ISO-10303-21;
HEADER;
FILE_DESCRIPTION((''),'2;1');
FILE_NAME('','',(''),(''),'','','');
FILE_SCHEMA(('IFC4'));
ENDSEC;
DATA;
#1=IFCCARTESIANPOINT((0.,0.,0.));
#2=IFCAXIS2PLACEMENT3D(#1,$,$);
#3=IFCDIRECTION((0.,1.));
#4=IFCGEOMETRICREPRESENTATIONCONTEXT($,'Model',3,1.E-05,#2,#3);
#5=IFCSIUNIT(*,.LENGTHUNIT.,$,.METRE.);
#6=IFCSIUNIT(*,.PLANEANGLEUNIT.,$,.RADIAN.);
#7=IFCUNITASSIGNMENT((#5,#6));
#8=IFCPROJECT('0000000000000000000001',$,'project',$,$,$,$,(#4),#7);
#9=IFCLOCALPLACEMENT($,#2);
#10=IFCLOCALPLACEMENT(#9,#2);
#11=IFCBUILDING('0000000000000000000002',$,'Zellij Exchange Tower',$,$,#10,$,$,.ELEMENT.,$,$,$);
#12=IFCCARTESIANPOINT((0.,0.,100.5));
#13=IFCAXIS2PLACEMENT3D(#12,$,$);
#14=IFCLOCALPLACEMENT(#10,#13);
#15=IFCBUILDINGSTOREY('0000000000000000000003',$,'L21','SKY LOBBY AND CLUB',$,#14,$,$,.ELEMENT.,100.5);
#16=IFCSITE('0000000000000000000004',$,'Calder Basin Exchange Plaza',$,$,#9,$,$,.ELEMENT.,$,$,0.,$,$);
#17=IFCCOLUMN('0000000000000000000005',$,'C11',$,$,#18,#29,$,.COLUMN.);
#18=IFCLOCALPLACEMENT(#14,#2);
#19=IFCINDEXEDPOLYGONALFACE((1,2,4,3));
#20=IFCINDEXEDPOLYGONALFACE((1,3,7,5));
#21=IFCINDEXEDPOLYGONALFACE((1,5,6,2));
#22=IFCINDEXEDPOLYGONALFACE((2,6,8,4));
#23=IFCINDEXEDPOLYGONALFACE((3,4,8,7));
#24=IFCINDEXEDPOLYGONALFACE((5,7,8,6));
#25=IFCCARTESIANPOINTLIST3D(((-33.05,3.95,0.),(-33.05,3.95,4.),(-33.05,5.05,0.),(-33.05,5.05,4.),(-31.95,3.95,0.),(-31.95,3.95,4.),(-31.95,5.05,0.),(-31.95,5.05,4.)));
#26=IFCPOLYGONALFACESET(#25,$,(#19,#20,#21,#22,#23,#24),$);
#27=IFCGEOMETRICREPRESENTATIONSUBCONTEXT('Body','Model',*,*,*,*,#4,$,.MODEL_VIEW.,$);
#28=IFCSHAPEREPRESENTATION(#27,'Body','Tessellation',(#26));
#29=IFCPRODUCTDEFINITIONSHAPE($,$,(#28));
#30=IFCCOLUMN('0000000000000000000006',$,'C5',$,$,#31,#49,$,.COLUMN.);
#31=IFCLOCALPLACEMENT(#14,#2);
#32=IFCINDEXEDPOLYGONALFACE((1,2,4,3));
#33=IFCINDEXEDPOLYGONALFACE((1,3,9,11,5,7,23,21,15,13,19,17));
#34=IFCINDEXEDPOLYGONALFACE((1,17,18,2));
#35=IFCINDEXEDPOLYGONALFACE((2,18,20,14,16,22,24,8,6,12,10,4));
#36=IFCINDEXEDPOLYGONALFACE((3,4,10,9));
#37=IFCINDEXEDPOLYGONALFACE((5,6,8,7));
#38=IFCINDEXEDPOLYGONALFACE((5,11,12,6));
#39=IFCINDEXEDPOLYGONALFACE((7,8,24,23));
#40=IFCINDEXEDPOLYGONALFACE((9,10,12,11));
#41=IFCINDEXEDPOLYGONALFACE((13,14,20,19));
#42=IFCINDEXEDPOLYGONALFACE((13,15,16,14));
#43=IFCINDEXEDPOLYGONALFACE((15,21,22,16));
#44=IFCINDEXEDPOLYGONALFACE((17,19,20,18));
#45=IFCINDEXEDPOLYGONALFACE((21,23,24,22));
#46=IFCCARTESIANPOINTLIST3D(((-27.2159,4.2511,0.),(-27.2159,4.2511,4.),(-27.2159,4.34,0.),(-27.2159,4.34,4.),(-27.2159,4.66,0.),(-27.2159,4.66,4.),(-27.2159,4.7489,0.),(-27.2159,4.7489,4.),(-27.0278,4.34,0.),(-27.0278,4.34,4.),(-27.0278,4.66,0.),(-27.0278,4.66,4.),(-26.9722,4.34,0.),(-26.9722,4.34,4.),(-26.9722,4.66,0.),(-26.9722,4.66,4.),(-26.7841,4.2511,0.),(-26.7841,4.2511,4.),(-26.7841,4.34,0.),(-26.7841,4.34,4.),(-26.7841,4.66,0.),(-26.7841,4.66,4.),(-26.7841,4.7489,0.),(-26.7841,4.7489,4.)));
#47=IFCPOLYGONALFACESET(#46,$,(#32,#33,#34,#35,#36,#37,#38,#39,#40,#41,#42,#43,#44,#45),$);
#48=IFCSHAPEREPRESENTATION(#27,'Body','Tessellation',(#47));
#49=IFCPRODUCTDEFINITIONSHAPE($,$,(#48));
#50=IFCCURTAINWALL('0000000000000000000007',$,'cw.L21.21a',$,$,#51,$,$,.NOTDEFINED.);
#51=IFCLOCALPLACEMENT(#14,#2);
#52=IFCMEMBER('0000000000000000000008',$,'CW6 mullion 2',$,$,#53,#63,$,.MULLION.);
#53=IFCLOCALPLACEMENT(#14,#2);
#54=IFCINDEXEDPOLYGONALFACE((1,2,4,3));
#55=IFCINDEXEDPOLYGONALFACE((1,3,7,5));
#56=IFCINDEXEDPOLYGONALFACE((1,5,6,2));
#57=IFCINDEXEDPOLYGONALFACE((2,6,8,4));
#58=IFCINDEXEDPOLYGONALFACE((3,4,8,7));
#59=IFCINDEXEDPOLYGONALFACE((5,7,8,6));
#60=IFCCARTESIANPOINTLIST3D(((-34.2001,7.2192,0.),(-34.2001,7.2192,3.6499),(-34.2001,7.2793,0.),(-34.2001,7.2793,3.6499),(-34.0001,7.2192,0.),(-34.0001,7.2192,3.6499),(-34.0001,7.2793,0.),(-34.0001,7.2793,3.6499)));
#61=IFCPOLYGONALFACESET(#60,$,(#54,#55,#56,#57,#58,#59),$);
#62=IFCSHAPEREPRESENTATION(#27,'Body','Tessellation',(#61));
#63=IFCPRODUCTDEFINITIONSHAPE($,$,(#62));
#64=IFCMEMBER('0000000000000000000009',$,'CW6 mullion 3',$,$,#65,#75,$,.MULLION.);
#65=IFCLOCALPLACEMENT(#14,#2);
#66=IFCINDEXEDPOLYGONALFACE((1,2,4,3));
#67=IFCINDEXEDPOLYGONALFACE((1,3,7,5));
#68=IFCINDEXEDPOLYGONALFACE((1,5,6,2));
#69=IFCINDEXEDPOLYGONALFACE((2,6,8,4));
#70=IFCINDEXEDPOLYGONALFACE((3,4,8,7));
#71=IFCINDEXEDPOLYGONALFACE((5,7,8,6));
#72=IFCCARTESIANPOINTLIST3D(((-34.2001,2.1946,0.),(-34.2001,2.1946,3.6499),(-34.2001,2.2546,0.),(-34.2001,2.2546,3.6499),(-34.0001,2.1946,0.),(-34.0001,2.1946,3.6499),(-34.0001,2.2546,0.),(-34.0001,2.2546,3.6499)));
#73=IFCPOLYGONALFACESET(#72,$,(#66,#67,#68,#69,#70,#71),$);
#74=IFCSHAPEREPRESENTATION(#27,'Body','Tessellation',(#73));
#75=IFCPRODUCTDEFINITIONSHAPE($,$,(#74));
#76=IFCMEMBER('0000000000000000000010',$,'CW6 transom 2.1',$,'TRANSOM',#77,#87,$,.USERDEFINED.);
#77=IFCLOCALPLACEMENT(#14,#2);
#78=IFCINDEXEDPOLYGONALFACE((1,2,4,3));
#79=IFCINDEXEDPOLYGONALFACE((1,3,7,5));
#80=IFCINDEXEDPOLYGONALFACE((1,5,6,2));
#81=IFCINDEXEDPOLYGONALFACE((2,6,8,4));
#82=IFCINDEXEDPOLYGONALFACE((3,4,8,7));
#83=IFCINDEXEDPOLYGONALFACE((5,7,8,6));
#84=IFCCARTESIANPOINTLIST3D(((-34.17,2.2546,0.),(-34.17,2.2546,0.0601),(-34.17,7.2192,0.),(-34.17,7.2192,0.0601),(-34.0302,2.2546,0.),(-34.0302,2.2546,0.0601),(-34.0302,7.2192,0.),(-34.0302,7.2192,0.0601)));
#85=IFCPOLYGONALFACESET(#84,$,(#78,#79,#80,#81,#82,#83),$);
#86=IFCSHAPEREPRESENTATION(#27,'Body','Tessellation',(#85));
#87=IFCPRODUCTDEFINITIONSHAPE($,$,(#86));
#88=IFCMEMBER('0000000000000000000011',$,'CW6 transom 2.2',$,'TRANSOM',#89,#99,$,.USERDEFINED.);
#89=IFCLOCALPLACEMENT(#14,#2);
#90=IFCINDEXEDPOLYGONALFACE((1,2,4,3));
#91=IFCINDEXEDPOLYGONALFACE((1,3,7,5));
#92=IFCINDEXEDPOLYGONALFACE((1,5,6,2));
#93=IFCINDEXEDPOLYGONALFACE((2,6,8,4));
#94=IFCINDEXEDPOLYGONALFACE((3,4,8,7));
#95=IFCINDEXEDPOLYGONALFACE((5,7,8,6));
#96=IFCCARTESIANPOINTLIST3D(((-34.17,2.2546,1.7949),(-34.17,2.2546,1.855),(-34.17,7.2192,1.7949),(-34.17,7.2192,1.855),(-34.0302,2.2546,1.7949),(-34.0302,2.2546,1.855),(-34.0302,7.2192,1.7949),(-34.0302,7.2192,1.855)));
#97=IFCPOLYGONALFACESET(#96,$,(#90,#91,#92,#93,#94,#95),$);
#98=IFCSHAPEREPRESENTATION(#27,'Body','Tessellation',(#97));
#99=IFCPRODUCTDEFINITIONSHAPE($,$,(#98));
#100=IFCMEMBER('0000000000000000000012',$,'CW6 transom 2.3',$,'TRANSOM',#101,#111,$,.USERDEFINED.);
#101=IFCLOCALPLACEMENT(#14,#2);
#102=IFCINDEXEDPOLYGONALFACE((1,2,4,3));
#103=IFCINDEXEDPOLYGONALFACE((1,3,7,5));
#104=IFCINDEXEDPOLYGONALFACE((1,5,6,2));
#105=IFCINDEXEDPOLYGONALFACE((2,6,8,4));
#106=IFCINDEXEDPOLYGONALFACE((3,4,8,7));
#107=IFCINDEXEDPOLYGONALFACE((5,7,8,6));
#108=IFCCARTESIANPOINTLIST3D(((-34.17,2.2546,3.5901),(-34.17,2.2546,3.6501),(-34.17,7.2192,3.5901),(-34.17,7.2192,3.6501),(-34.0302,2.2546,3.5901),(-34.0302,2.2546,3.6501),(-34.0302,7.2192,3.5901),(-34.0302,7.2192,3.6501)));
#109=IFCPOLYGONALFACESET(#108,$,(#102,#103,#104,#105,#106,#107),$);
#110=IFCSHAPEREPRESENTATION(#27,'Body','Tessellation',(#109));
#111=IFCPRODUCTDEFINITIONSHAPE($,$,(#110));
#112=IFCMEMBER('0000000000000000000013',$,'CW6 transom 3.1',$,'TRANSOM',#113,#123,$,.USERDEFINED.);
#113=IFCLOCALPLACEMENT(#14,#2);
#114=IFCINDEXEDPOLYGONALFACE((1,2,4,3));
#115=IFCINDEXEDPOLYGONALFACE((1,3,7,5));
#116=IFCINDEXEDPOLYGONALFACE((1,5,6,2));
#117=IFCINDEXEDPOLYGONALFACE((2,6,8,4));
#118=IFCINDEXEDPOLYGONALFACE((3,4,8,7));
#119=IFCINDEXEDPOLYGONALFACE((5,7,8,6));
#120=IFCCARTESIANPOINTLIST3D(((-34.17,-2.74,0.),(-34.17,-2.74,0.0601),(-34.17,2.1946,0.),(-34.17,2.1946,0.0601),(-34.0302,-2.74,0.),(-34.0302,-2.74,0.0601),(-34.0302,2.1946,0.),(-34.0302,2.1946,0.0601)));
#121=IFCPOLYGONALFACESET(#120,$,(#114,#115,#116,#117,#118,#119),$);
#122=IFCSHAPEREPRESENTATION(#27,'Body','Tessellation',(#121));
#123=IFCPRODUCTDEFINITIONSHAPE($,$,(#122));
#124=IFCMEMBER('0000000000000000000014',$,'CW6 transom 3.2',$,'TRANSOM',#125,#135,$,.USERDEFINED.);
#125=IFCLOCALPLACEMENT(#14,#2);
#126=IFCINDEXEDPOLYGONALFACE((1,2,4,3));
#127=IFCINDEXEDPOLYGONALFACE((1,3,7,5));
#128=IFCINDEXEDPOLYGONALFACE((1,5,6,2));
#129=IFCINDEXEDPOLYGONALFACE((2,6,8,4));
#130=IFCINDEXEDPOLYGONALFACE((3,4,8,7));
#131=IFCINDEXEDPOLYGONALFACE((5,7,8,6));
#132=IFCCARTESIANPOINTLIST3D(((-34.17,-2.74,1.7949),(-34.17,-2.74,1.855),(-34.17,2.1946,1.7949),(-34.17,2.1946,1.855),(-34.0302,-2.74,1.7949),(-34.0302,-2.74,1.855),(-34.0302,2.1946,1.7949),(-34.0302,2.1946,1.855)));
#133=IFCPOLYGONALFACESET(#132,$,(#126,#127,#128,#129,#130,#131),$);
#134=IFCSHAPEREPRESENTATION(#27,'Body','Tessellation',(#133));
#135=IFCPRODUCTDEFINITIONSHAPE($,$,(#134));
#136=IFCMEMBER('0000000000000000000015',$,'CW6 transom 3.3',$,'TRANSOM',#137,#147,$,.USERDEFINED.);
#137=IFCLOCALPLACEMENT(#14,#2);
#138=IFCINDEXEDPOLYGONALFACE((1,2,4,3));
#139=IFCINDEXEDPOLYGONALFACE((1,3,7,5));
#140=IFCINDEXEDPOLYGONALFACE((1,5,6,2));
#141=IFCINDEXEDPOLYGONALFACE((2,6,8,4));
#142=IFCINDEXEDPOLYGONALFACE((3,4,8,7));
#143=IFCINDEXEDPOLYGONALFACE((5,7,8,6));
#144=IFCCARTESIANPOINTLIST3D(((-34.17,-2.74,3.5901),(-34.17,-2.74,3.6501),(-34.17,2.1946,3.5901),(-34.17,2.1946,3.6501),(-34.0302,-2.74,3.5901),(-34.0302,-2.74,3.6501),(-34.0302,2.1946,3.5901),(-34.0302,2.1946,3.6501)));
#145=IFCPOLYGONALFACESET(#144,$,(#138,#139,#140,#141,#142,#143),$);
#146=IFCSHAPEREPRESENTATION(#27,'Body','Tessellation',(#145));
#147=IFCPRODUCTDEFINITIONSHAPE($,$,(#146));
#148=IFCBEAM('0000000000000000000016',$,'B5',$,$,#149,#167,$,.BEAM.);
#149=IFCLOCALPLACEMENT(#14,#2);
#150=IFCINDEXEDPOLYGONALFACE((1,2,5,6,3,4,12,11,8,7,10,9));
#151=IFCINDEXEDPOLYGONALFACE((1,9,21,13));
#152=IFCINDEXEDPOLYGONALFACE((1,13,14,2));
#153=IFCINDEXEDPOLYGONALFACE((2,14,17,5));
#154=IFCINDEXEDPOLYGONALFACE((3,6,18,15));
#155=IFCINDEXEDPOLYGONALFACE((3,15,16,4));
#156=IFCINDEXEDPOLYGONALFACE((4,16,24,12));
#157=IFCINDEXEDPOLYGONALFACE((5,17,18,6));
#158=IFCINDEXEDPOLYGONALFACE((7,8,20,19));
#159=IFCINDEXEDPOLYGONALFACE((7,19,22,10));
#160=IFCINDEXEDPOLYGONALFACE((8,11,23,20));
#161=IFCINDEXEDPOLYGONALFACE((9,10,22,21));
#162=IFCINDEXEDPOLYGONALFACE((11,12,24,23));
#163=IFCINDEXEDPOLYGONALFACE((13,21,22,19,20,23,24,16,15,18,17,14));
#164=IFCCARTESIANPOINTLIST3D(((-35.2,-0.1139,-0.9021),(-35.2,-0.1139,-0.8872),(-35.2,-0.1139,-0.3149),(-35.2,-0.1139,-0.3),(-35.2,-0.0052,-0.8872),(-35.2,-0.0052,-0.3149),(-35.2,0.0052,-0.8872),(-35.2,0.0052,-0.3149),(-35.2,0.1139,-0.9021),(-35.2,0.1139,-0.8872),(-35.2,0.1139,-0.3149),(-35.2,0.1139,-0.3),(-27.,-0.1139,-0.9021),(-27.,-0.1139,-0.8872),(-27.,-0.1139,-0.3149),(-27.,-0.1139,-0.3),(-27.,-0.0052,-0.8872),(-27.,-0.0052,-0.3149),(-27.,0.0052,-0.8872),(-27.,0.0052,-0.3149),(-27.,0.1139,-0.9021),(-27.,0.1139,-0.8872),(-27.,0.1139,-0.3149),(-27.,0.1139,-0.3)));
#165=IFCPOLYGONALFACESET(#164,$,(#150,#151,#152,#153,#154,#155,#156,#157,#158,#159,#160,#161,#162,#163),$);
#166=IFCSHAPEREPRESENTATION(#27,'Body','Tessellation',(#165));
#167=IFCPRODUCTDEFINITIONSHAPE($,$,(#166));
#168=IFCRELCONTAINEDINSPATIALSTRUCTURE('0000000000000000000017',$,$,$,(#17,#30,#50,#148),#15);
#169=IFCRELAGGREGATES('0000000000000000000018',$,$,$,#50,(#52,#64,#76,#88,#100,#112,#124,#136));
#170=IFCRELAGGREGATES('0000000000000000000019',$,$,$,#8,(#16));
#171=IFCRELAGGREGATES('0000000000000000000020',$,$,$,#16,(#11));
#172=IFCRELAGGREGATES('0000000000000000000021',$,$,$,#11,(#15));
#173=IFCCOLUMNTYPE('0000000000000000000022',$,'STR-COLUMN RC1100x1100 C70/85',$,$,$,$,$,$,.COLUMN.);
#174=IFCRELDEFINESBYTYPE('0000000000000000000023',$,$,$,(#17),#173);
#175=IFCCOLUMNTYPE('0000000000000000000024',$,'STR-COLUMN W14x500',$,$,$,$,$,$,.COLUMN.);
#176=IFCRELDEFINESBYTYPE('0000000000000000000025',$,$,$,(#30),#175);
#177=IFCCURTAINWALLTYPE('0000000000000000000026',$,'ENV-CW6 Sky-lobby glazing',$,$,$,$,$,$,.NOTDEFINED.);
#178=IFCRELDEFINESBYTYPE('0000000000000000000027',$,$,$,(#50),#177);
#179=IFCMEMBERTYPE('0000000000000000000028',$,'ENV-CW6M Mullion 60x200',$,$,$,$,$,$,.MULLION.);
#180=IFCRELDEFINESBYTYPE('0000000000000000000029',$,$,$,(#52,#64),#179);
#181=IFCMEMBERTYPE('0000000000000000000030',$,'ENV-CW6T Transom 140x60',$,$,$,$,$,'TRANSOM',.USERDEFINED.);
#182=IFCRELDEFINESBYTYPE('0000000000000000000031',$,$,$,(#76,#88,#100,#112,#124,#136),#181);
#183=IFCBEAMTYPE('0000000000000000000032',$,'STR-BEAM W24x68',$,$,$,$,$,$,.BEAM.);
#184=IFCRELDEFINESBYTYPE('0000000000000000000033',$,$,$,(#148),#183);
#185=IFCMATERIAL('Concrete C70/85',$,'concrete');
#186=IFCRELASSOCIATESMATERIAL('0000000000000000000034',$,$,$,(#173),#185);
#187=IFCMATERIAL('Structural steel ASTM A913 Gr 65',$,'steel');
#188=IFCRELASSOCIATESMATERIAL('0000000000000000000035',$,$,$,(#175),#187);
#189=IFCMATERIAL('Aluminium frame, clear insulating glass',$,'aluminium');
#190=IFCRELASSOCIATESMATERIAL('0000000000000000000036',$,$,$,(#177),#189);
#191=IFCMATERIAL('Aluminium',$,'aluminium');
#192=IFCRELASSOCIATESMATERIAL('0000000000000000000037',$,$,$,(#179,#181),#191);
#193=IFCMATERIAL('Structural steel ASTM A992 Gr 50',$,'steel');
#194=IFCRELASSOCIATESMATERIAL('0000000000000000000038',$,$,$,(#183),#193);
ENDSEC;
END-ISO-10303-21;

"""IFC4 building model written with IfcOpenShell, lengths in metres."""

from ifc_helpers import new_model, si_unit, direction, frame, origin, origin_2d, place, context, subcontext, project, spatial, rectangle, i_section, extrude, material, material_profile, profile_set, type_object, element, aggregate, save


model = new_model("IFC4")

# Units and contexts
model_context = context("Model", 3, precision=1e-05, world=origin(), true_north=direction((0.0, 1.0)))
body_context = subcontext(model_context, "Body", "Model", "MODEL_VIEW")
ifc_project = project(units=[si_unit("LENGTHUNIT", "METRE"), si_unit("PLANEANGLEUNIT", "RADIAN")], contexts=[model_context])

# Site, building, storey
site_placement = place(None, origin())
site = spatial("IfcSite", under=ifc_project, at=site_placement, Name="Calder Basin Exchange Plaza", CompositionType="ELEMENT", RefElevation=0.0)
building_placement = place(site_placement, origin())
building = spatial("IfcBuilding", under=site, at=building_placement, Name="Zellij Exchange Tower", CompositionType="ELEMENT")
storey_placement = place(building_placement, frame((0.0, 0.0, 100.5)))
storey = spatial("IfcBuildingStorey", under=building, at=storey_placement, Name="L21", Description="SKY LOBBY AND CLUB", CompositionType="ELEMENT", Elevation=100.5)

# Columns
ifc_material_1 = material(Name="Concrete C70/85", Category="concrete")
ifc_material_profile_1 = material_profile(ifc_material_1, rectangle(XDim=1.1001, YDim=1.1001, at=origin_2d()), Name="STR-COLUMN RC1100x1100 C70/85")
ifc_profile_set_1 = profile_set([ifc_material_profile_1], Name="Concrete C70/85")
column_type_1 = type_object("IfcColumnType", Name="STR-COLUMN RC1100x1100 C70/85", PredefinedType="COLUMN", material=ifc_profile_set_1)
column_1_placement = place(storey_placement, frame((-32.5, 4.5, 0.0), z_axis=(0.0, 0.0, 1.0), x_axis=(1.0, 0.0, 0.0)))
element("IfcColumn", 1, at=column_1_placement, inside=storey, type_object=column_type_1, Name="C11", PredefinedType="COLUMN", context=body_context, shape_type="SweptSolid", body=[
    extrude(rectangle(XDim=1.1001, YDim=1.1001, at=origin_2d()), origin(), (0.0, 0.0, 1.0), 4.0),
])
ifc_material_2 = material(Name="Structural steel ASTM A913 Gr 65", Category="steel")
ifc_material_profile_2 = material_profile(ifc_material_2, i_section(OverallWidth=0.4319, OverallDepth=0.4978, WebThickness=0.0557, FlangeThickness=0.0889, at=origin_2d()), Name="W14x500")
ifc_profile_set_2 = profile_set([ifc_material_profile_2], Name="Structural steel ASTM A913 Gr 65")
column_type_2 = type_object("IfcColumnType", Name="STR-COLUMN W14x500", PredefinedType="COLUMN", material=ifc_profile_set_2)
column_2_placement = place(storey_placement, frame((-27.0, 4.5, 0.0), z_axis=(0.0, 0.0, 1.0), x_axis=(1.0, 0.0, 0.0)))
element("IfcColumn", 2, at=column_2_placement, inside=storey, type_object=column_type_2, Name="C5", PredefinedType="COLUMN", context=body_context, shape_type="SweptSolid", body=[
    extrude(i_section(OverallWidth=0.4319, OverallDepth=0.4978, WebThickness=0.0557, FlangeThickness=0.0889, at=origin_2d()), origin(), (0.0, 0.0, 1.0), 4.0),
])

# Curtain wall, members
ifc_material_3 = material(Name="Aluminium frame, clear insulating glass", Category="aluminium")
curtain_wall_type = type_object("IfcCurtainWallType", Name="ENV-CW6 Sky-lobby glazing", PredefinedType="NOTDEFINED", material=ifc_material_3)
curtain_wall_placement = place(storey_placement, origin())
curtain_wall = element("IfcCurtainWall", 3, at=curtain_wall_placement, inside=storey, type_object=curtain_wall_type, Name="cw.L21.21a", PredefinedType="NOTDEFINED")
ifc_material_4 = material(Name="Aluminium", Category="aluminium")
ifc_material_profile_3 = material_profile(ifc_material_4, rectangle(XDim=0.0601, YDim=0.2, at=origin_2d()), Name="AL 60x200")
ifc_profile_set_3 = profile_set([ifc_material_profile_3], Name="Aluminium")
member_type_1 = type_object("IfcMemberType", Name="ENV-CW6M Mullion 60x200", PredefinedType="MULLION", material=ifc_profile_set_3)
member_1_placement = place(storey_placement, frame((-34.1001, 7.2493, 0.0), z_axis=(0.0, 0.0, 1.0), x_axis=(0.0, -1.0, 0.0)))
member_1 = element("IfcMember", 4, at=member_1_placement, type_object=member_type_1, Name="CW6 mullion 2", PredefinedType="MULLION", context=body_context, shape_type="SweptSolid", body=[
    extrude(rectangle(XDim=0.0601, YDim=0.2, at=origin_2d()), origin(), (0.0, 0.0, 1.0), 3.6499),
])
member_2_placement = place(storey_placement, frame((-34.1001, 2.2246, 0.0), z_axis=(0.0, 0.0, 1.0), x_axis=(0.0, -1.0, 0.0)))
member_2 = element("IfcMember", 5, at=member_2_placement, type_object=member_type_1, Name="CW6 mullion 3", PredefinedType="MULLION", context=body_context, shape_type="SweptSolid", body=[
    extrude(rectangle(XDim=0.0601, YDim=0.2, at=origin_2d()), origin(), (0.0, 0.0, 1.0), 3.6499),
])
ifc_material_profile_4 = material_profile(ifc_material_4, rectangle(XDim=0.1399, YDim=0.0601, at=origin_2d()), Name="AL 140x60")
ifc_profile_set_4 = profile_set([ifc_material_profile_4], Name="Aluminium")
member_type_2 = type_object("IfcMemberType", Name="ENV-CW6T Transom 140x60", ElementType="TRANSOM", PredefinedType="USERDEFINED", material=ifc_profile_set_4)
member_3_placement = place(storey_placement, frame((-34.1001, 7.2192, 0.03), z_axis=(0.0, -1.0, 0.0), x_axis=(1.0, 0.0, 0.0)))
member_3 = element("IfcMember", 6, at=member_3_placement, type_object=member_type_2, Name="CW6 transom 2.1", ObjectType="TRANSOM", PredefinedType="USERDEFINED", context=body_context, shape_type="SweptSolid", body=[
    extrude(rectangle(XDim=0.1399, YDim=0.0601, at=origin_2d()), origin(), (0.0, 0.0, 1.0), 4.9646),
])
member_4_placement = place(storey_placement, frame((-34.1001, 7.2192, 1.825), z_axis=(0.0, -1.0, 0.0), x_axis=(1.0, 0.0, 0.0)))
member_4 = element("IfcMember", 7, at=member_4_placement, type_object=member_type_2, Name="CW6 transom 2.2", ObjectType="TRANSOM", PredefinedType="USERDEFINED", context=body_context, shape_type="SweptSolid", body=[
    extrude(rectangle(XDim=0.1399, YDim=0.0601, at=origin_2d()), origin(), (0.0, 0.0, 1.0), 4.9646),
])
member_5_placement = place(storey_placement, frame((-34.1001, 7.2192, 3.6201), z_axis=(0.0, -1.0, 0.0), x_axis=(1.0, 0.0, 0.0)))
member_5 = element("IfcMember", 8, at=member_5_placement, type_object=member_type_2, Name="CW6 transom 2.3", ObjectType="TRANSOM", PredefinedType="USERDEFINED", context=body_context, shape_type="SweptSolid", body=[
    extrude(rectangle(XDim=0.1399, YDim=0.0601, at=origin_2d()), origin(), (0.0, 0.0, 1.0), 4.9646),
])
member_6_placement = place(storey_placement, frame((-34.1001, 2.1946, 0.03), z_axis=(0.0, -1.0, 0.0), x_axis=(1.0, 0.0, 0.0)))
member_6 = element("IfcMember", 9, at=member_6_placement, type_object=member_type_2, Name="CW6 transom 3.1", ObjectType="TRANSOM", PredefinedType="USERDEFINED", context=body_context, shape_type="SweptSolid", body=[
    extrude(rectangle(XDim=0.1399, YDim=0.0601, at=origin_2d()), origin(), (0.0, 0.0, 1.0), 4.9346),
])
member_7_placement = place(storey_placement, frame((-34.1001, 2.1946, 1.825), z_axis=(0.0, -1.0, 0.0), x_axis=(1.0, 0.0, 0.0)))
member_7 = element("IfcMember", 10, at=member_7_placement, type_object=member_type_2, Name="CW6 transom 3.2", ObjectType="TRANSOM", PredefinedType="USERDEFINED", context=body_context, shape_type="SweptSolid", body=[
    extrude(rectangle(XDim=0.1399, YDim=0.0601, at=origin_2d()), origin(), (0.0, 0.0, 1.0), 4.9346),
])
member_8_placement = place(storey_placement, frame((-34.1001, 2.1946, 3.6201), z_axis=(0.0, -1.0, 0.0), x_axis=(1.0, 0.0, 0.0)))
member_8 = element("IfcMember", 11, at=member_8_placement, type_object=member_type_2, Name="CW6 transom 3.3", ObjectType="TRANSOM", PredefinedType="USERDEFINED", context=body_context, shape_type="SweptSolid", body=[
    extrude(rectangle(XDim=0.1399, YDim=0.0601, at=origin_2d()), origin(), (0.0, 0.0, 1.0), 4.9346),
])

# Beam
ifc_material_5 = material(Name="Structural steel ASTM A992 Gr 50", Category="steel")
ifc_material_profile_5 = material_profile(ifc_material_5, i_section(OverallWidth=0.2278, OverallDepth=0.6021, WebThickness=0.0105, FlangeThickness=0.0149, at=origin_2d()), Name="W24x68")
ifc_profile_set_5 = profile_set([ifc_material_profile_5], Name="Structural steel ASTM A992 Gr 50")
beam_type_1 = type_object("IfcBeamType", Name="STR-BEAM W24x68", PredefinedType="BEAM", material=ifc_profile_set_5)
beam_1_placement = place(storey_placement, frame((-35.2, 0.0, -0.6011), z_axis=(1.0, 0.0, 0.0), x_axis=(0.0, 1.0, 0.0)))
element("IfcBeam", 12, at=beam_1_placement, inside=storey, type_object=beam_type_1, Name="B5", PredefinedType="BEAM", context=body_context, shape_type="SweptSolid", body=[
    extrude(i_section(OverallWidth=0.2278, OverallDepth=0.6021, WebThickness=0.0105, FlangeThickness=0.0149, at=origin_2d()), origin(), (0.0, 0.0, 1.0), 8.2),
])

aggregate(curtain_wall, [member_1, member_2, member_3, member_4, member_5, member_6, member_7, member_8])

save(model, "model.ifc")
